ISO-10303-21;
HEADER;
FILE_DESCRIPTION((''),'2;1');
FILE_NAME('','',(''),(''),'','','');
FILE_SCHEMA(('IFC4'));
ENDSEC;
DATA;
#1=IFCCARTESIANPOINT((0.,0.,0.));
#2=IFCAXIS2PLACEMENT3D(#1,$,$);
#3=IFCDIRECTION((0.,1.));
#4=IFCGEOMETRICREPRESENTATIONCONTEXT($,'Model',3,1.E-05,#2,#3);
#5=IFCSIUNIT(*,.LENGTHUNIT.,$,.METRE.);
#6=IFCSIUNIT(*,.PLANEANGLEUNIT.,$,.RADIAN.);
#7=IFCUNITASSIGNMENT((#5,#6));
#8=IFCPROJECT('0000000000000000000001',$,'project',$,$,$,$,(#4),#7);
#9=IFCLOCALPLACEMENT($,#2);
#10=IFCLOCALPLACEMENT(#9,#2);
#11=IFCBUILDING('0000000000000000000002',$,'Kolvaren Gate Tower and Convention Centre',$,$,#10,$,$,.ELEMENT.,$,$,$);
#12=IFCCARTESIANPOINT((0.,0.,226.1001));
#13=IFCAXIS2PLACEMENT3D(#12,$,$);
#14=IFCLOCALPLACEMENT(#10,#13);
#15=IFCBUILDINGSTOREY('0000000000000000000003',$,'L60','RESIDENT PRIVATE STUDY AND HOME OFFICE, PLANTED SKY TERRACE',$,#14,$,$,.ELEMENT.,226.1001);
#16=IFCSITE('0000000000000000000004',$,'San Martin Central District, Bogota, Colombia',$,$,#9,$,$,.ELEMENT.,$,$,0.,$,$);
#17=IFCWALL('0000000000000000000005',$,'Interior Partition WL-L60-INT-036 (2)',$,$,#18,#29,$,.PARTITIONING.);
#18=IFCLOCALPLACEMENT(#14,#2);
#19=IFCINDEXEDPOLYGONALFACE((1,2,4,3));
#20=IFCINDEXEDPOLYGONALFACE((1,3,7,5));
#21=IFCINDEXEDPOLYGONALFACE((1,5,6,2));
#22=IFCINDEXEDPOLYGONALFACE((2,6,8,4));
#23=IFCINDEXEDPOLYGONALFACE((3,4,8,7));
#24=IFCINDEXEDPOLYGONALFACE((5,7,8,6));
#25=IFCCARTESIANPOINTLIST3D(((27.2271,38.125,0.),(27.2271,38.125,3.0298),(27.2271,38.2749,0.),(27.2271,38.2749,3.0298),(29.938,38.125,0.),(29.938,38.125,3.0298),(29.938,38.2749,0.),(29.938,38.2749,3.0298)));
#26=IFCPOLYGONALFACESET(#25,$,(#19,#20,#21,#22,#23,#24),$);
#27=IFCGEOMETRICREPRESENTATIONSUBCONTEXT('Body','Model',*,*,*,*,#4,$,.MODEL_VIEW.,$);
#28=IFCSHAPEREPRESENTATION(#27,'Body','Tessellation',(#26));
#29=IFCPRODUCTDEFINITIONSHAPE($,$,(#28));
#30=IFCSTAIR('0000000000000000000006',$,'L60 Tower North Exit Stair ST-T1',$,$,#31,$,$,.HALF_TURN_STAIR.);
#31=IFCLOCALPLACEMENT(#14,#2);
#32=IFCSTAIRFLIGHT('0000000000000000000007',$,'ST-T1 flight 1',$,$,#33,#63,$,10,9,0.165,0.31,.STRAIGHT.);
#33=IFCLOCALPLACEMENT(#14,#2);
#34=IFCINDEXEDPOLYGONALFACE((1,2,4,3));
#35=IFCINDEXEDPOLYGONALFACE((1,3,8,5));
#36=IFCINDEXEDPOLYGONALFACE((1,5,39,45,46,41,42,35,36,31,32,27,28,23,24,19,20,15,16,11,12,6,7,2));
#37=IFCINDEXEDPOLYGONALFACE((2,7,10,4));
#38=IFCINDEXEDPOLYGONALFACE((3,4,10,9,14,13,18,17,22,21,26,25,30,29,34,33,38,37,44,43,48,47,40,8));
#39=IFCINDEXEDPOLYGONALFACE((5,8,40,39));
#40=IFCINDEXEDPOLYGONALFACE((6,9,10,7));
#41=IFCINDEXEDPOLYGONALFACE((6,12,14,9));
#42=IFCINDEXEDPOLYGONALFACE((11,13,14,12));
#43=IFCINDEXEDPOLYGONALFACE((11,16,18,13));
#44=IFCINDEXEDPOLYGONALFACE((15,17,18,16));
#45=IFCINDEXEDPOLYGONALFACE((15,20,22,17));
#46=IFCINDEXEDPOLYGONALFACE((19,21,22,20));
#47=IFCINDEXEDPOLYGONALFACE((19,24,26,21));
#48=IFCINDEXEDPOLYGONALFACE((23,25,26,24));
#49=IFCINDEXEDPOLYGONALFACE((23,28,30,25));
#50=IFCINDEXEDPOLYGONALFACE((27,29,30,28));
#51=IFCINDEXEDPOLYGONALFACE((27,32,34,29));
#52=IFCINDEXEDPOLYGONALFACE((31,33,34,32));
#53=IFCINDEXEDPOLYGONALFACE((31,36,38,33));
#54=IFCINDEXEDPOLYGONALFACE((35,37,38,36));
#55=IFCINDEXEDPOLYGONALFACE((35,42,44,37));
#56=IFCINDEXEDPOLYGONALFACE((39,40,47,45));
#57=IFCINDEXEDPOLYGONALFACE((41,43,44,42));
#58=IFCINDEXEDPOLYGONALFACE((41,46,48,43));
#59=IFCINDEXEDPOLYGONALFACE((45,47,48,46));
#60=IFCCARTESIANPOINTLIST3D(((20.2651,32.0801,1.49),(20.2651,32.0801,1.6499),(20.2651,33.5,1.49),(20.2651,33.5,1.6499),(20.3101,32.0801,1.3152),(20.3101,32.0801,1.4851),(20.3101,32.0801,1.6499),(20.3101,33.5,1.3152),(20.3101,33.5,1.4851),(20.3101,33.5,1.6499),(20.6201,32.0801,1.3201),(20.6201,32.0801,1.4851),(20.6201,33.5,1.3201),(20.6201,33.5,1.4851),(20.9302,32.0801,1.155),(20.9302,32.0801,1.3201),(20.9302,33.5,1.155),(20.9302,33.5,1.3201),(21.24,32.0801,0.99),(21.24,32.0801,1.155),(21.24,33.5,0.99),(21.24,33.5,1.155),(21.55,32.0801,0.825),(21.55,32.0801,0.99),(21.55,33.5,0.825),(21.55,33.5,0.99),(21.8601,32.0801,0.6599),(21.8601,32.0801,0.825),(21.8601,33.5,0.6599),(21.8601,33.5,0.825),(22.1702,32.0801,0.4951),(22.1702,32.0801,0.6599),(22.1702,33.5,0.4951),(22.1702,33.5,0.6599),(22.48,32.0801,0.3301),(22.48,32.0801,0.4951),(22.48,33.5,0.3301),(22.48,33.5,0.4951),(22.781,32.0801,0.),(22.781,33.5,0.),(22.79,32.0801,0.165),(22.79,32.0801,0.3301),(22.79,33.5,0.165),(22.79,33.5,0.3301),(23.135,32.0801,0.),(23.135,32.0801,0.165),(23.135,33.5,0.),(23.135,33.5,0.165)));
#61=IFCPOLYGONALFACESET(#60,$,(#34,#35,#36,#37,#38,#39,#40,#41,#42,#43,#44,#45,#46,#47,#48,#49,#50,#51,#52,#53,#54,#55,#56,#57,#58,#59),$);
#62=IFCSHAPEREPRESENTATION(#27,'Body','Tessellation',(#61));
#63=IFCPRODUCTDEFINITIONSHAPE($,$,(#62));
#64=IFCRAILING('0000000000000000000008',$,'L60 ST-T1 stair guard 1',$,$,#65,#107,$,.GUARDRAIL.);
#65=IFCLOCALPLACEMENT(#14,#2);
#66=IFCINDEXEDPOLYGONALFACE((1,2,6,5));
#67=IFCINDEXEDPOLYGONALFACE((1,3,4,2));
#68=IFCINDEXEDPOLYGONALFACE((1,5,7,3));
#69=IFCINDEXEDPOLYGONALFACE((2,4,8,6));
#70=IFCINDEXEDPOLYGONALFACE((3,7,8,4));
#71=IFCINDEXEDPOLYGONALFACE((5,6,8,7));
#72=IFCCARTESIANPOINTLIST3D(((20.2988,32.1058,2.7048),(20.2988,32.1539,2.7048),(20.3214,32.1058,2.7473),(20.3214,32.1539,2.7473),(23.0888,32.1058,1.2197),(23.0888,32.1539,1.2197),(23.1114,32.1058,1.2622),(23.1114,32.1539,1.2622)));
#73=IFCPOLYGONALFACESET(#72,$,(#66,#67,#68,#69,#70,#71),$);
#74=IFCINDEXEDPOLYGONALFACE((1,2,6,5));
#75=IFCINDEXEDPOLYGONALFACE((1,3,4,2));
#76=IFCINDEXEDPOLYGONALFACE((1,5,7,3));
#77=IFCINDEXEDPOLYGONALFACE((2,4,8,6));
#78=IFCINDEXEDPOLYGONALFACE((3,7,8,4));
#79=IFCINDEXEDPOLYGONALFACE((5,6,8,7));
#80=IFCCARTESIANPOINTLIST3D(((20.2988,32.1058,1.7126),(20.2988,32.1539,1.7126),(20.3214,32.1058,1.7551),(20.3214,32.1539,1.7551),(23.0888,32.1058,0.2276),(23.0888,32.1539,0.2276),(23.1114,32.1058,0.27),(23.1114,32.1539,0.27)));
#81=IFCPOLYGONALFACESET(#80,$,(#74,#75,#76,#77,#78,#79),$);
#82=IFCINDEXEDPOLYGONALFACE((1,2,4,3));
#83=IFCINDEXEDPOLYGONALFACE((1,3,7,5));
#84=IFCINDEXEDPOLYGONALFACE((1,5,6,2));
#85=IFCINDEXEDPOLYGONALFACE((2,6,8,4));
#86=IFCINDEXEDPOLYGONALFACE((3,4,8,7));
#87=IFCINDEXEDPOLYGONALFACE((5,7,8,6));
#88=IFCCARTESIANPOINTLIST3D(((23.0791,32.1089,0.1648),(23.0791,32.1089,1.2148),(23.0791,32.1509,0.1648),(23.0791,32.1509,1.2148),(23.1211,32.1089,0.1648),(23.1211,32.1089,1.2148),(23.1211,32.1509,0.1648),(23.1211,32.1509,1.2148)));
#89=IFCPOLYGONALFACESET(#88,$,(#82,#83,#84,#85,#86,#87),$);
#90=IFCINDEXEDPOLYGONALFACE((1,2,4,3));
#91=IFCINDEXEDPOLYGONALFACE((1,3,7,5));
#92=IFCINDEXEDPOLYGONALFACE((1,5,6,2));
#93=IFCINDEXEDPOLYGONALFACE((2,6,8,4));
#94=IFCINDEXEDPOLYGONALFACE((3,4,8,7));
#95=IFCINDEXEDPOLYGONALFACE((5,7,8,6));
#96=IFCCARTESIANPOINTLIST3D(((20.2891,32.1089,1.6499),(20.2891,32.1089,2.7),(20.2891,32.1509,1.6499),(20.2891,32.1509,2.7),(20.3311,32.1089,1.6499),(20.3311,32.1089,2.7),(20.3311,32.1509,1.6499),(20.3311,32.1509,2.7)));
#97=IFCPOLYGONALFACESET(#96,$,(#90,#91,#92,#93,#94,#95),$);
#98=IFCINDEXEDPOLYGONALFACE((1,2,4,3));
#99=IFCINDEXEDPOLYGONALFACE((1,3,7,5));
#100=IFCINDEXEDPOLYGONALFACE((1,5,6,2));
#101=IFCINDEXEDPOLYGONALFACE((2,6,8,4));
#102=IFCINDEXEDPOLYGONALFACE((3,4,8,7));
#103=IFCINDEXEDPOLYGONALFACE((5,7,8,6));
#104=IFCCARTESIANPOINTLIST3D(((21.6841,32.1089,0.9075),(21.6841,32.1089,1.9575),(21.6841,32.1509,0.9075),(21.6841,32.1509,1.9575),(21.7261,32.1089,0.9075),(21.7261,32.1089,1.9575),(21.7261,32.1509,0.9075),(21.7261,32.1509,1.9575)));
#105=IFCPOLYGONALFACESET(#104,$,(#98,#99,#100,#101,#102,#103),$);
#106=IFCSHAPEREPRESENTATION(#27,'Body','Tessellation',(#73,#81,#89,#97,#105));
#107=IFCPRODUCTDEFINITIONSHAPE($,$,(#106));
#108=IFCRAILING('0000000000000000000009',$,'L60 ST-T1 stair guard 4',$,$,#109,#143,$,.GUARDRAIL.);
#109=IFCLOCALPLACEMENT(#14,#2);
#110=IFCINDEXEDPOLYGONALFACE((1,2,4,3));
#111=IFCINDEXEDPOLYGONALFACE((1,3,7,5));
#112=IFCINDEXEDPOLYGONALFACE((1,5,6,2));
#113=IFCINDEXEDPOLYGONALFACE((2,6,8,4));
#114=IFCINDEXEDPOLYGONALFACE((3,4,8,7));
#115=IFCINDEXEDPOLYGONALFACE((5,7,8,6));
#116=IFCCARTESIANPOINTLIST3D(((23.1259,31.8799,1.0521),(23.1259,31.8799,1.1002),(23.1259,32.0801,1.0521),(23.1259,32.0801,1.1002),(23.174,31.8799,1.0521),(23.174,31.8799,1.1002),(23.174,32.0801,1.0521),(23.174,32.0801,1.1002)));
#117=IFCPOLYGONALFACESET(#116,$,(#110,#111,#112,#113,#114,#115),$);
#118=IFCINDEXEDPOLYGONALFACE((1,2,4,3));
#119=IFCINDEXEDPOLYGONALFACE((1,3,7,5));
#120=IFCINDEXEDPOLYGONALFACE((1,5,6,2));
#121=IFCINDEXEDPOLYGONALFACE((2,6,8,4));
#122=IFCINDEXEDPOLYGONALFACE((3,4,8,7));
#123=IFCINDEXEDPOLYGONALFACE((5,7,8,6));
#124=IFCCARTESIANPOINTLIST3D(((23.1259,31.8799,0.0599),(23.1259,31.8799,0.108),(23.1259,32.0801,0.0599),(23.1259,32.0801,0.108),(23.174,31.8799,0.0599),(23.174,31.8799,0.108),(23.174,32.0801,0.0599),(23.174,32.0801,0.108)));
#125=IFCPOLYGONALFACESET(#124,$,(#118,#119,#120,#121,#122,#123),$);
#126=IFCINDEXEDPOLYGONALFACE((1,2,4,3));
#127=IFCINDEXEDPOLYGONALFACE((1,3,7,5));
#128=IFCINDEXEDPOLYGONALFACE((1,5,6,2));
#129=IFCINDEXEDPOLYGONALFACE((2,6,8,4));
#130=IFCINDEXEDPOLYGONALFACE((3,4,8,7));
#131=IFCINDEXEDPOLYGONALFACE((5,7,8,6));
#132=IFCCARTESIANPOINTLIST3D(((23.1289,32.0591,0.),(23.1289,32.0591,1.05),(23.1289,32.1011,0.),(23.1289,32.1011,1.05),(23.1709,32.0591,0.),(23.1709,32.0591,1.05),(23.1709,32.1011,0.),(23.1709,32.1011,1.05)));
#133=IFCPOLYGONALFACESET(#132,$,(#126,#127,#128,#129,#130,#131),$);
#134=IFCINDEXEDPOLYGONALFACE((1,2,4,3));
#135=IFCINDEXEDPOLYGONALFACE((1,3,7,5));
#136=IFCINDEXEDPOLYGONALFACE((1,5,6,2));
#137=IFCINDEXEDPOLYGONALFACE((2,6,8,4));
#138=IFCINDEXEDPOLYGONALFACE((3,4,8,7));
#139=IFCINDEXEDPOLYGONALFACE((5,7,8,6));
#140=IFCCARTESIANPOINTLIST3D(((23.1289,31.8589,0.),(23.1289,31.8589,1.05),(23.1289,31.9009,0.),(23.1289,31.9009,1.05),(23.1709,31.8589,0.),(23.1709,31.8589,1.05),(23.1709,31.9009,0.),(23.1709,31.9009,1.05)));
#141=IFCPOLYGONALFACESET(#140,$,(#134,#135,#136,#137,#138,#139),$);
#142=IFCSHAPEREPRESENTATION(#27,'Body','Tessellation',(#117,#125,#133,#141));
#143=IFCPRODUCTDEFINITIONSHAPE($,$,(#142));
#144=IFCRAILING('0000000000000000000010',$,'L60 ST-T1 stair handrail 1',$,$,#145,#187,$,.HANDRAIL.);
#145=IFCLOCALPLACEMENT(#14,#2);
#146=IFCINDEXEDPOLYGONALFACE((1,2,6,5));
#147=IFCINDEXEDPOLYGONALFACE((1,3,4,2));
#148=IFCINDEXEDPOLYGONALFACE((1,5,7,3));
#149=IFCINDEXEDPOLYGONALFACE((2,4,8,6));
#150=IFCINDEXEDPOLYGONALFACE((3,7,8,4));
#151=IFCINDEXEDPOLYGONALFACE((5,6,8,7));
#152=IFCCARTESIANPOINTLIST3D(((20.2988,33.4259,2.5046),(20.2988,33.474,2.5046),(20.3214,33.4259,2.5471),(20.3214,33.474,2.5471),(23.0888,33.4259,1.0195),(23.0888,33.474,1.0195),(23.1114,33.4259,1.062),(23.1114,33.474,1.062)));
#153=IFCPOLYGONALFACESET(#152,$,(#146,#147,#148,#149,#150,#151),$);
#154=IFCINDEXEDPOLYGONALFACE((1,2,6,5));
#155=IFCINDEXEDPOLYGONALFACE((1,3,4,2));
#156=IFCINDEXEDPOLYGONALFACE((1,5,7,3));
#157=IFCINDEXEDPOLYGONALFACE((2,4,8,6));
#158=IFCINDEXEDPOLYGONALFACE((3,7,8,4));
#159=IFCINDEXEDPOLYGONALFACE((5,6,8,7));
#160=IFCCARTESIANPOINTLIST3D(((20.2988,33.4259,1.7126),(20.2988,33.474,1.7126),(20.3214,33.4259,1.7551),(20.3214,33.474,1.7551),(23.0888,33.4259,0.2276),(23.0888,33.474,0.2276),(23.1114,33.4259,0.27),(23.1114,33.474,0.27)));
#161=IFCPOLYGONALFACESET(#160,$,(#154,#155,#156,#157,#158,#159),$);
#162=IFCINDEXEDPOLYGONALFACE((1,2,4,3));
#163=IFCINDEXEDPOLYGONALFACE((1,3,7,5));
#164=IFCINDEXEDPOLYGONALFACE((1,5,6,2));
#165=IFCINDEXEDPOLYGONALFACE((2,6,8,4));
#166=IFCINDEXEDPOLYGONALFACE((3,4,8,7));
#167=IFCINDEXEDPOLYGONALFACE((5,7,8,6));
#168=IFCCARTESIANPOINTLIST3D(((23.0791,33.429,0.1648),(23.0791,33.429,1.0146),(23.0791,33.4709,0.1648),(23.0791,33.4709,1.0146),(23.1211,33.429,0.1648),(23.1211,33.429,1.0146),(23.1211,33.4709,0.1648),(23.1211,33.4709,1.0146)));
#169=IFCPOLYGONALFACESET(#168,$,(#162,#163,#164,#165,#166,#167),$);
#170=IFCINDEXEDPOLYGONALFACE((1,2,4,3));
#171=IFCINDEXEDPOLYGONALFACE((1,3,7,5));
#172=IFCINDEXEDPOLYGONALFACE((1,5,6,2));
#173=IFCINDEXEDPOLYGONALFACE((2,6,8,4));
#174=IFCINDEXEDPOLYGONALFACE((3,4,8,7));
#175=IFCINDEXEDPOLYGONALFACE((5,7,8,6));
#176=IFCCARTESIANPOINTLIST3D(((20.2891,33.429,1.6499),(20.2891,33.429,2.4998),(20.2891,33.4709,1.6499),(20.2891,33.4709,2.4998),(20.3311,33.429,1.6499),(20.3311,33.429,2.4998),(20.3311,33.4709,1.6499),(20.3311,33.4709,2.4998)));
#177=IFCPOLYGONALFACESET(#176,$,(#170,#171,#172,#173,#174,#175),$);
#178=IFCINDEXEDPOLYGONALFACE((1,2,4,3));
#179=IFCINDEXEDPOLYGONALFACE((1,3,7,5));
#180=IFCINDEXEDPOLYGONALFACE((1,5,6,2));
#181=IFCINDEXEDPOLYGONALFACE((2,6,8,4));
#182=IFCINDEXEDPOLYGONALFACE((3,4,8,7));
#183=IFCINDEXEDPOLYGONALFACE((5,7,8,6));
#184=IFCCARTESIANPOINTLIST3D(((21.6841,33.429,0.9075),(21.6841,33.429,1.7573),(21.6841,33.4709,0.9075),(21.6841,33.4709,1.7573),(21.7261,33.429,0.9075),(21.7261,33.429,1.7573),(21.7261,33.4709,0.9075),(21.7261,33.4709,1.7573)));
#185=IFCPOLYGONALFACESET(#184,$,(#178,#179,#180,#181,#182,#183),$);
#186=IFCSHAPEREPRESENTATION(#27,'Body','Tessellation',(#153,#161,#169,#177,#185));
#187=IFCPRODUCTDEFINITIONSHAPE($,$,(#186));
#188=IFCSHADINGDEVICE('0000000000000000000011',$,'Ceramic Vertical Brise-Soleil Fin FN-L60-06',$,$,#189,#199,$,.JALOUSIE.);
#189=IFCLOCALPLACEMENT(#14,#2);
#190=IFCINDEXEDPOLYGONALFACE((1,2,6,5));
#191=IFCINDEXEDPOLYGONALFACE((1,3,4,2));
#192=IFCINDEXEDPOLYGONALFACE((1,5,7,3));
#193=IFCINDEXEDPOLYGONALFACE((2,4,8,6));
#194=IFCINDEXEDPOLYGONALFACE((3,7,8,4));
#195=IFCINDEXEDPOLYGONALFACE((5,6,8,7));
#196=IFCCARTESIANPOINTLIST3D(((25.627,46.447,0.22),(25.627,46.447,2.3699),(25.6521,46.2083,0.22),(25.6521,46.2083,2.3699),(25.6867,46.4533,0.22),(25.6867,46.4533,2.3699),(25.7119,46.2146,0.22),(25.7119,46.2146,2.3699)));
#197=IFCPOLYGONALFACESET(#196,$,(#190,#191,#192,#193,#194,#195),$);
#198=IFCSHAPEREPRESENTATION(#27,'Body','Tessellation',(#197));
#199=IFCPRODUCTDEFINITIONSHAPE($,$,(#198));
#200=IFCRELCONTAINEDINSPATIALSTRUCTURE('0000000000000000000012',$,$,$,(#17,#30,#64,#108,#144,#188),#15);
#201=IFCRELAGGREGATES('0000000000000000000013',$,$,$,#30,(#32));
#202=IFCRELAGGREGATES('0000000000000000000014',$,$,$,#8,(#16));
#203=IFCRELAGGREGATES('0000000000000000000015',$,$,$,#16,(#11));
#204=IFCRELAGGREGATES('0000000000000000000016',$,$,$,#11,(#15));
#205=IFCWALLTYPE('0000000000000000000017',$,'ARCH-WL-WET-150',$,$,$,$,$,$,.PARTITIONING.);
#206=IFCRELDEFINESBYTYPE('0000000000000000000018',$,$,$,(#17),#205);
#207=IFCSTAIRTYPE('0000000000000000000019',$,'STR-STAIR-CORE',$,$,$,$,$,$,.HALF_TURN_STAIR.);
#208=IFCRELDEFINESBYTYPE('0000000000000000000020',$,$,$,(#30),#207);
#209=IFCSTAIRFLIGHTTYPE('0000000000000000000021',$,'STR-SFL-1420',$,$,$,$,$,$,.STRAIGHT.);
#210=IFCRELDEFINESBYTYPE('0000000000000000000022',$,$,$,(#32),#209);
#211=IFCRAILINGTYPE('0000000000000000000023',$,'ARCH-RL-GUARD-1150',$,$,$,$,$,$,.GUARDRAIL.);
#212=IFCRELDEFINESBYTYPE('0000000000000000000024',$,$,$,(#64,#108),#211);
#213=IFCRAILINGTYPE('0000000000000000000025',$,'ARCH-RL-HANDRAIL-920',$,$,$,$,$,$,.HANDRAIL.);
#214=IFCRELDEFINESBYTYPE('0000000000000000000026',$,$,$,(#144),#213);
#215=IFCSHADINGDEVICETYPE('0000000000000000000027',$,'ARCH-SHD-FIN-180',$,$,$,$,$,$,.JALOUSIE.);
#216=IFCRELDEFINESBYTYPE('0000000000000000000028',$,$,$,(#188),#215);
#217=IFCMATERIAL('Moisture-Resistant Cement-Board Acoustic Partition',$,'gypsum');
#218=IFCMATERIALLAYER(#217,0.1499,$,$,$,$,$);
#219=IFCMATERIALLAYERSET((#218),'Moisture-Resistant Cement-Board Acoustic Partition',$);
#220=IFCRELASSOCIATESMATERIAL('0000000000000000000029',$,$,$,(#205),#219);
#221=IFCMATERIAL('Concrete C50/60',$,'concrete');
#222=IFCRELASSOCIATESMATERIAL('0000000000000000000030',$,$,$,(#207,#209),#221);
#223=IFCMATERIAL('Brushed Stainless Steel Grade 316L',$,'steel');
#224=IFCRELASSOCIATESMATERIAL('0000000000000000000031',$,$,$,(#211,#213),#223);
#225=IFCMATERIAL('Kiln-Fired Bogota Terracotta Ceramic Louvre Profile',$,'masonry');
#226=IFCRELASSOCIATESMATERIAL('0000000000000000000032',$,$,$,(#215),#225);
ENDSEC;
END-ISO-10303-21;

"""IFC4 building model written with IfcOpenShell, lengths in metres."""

from ifc_helpers import new_model, si_unit, direction, frame, frame_2d, origin, origin_2d, place, context, subcontext, project, spatial, polyline, rectangle, outline, extrude, material, layer, layer_set, type_object, element, aggregate, save


model = new_model("IFC4")

# Units and contexts
model_context = context("Model", 3, precision=1e-05, world=origin(), true_north=direction((0.0, 1.0)))
body_context = subcontext(model_context, "Body", "Model", "MODEL_VIEW")
ifc_project = project(units=[si_unit("LENGTHUNIT", "METRE"), si_unit("PLANEANGLEUNIT", "RADIAN")], contexts=[model_context])

# Site, building, storey
site_placement = place(None, origin())
site = spatial("IfcSite", under=ifc_project, at=site_placement, Name="San Martin Central District, Bogota, Colombia", CompositionType="ELEMENT", RefElevation=0.0)
building_placement = place(site_placement, origin())
building = spatial("IfcBuilding", under=site, at=building_placement, Name="Kolvaren Gate Tower and Convention Centre", CompositionType="ELEMENT")
storey_placement = place(building_placement, frame((0.0, 0.0, 226.1001)))
storey = spatial("IfcBuildingStorey", under=building, at=storey_placement, Name="L60", Description="RESIDENT PRIVATE STUDY AND HOME OFFICE, PLANTED SKY TERRACE", CompositionType="ELEMENT", Elevation=226.1001)

# Shared definitions
ifc_material_1 = material(Name="Concrete C50/60", Category="concrete")

# Shared definitions
ifc_material_2 = material(Name="Moisture-Resistant Cement-Board Acoustic Partition", Category="gypsum")
ifc_layer_1 = layer(ifc_material_2, 0.1499)
ifc_layer_set_1 = layer_set([ifc_layer_1], Name="Moisture-Resistant Cement-Board Acoustic Partition")
wall_type_1 = type_object("IfcWallType", Name="ARCH-WL-WET-150", PredefinedType="PARTITIONING", material=ifc_layer_set_1)

# Wall
wall_1_placement = place(storey_placement, frame((27.2271, 38.2, 0.0), z_axis=(0.0, 0.0, 1.0), x_axis=(1.0, 0.0, 0.0)))
element("IfcWall", 1, at=wall_1_placement, inside=storey, type_object=wall_type_1, Name="Interior Partition WL-L60-INT-036 (2)", PredefinedType="PARTITIONING", context=body_context, shape_type="SweptSolid", body=[
    extrude(rectangle(XDim=2.7109, YDim=0.1499, at=frame_2d((1.3555, 0.0))), origin(), (0.0, 0.0, 1.0), 3.0298),
])

# Stair, stair flight
stair_type = type_object("IfcStairType", Name="STR-STAIR-CORE", PredefinedType="HALF_TURN_STAIR", material=ifc_material_1)
stair_placement = place(storey_placement, origin())
stair = element("IfcStair", 2, at=stair_placement, inside=storey, type_object=stair_type, Name="L60 Tower North Exit Stair ST-T1", PredefinedType="HALF_TURN_STAIR")
stair_flight_type = type_object("IfcStairFlightType", Name="STR-SFL-1420", PredefinedType="STRAIGHT", material=ifc_material_1)
stair_flight_placement = place(storey_placement, frame((23.1001, 32.79, 0.0), z_axis=(0.0, 0.0, 1.0), x_axis=(-1.0, 0.0, 0.0)))
stair_flight = element("IfcStairFlight", 3, at=stair_flight_placement, type_object=stair_flight_type, Name="ST-T1 flight 1", NumberOfRisers=10, NumberOfTreads=9, PredefinedType="STRAIGHT", RiserHeight=0.165, TreadLength=0.31, context=body_context, shape_type="SweptSolid", body=[
    extrude(outline(polyline([(-0.0349, 0.0), (-0.0349, 0.165), (0.3101, 0.165), (0.3101, 0.3301), (0.6201, 0.3301), (0.6201, 0.4951), (0.9299, 0.4951), (0.9299, 0.6599), (1.24, 0.6599), (1.24, 0.825), (1.55, 0.825), (1.55, 0.99), (1.8601, 0.99), (1.8601, 1.155), (2.1699, 1.155), (2.1699, 1.3201), (2.48, 1.3201), (2.48, 1.4851), (2.79, 1.4851), (2.79, 1.6499), (2.835, 1.6499), (2.835, 1.49), (2.79, 1.3152), (0.3191, 0.0), (-0.0349, 0.0)])), frame((0.0, 0.71, 0.0), z_axis=(0.0, -1.0, 0.0), x_axis=(1.0, 0.0, 0.0)), (0.0, 0.0, 1.0), 1.4199),
])
aggregate(stair, [stair_flight])

# Railings
ifc_material_3 = material(Name="Brushed Stainless Steel Grade 316L", Category="steel")
railing_type_1 = type_object("IfcRailingType", Name="ARCH-RL-GUARD-1150", PredefinedType="GUARDRAIL", material=ifc_material_3)
railing_1_placement = place(storey_placement, frame((23.1001, 32.1299, 0.1648)))
element("IfcRailing", 4, at=railing_1_placement, inside=storey, type_object=railing_type_1, Name="L60 ST-T1 stair guard 1", PredefinedType="GUARDRAIL", context=body_context, shape_type="SweptSolid", body=[
    extrude(rectangle(XDim=0.0481, YDim=0.0481, at=origin_2d()), frame((0.0, 0.0, 1.0762), z_axis=(-0.882735, 0.0, 0.46987), x_axis=(0.0, -1.0, 0.0)), (0.0, 0.0, 1.0), 3.1606),
    extrude(rectangle(XDim=0.0481, YDim=0.0481, at=origin_2d()), frame((0.0, 0.0, 0.084), z_axis=(-0.882735, 0.0, 0.46987), x_axis=(0.0, -1.0, 0.0)), (0.0, 0.0, 1.0), 3.1606),
    extrude(rectangle(XDim=0.042, YDim=0.042, at=origin_2d()), origin(), (0.0, 0.0, 1.0), 1.05),
    extrude(rectangle(XDim=0.042, YDim=0.042, at=origin_2d()), frame((-2.79, 0.0, 1.4851)), (0.0, 0.0, 1.0), 1.05),
    extrude(rectangle(XDim=0.042, YDim=0.042, at=origin_2d()), frame((-1.395, 0.0, 0.7427)), (0.0, 0.0, 1.0), 1.05),
])
railing_2_placement = place(storey_placement, frame((23.1499, 32.0801, 0.0)))
element("IfcRailing", 5, at=railing_2_placement, inside=storey, type_object=railing_type_1, Name="L60 ST-T1 stair guard 4", PredefinedType="GUARDRAIL", context=body_context, shape_type="SweptSolid", body=[
    extrude(rectangle(XDim=0.0481, YDim=0.0481, at=origin_2d()), frame((0.0, 0.0, 1.0762), z_axis=(0.0, -1.0, 0.0), x_axis=(1.0, 0.0, 0.0)), (0.0, 0.0, 1.0), 0.2002),
    extrude(rectangle(XDim=0.0481, YDim=0.0481, at=origin_2d()), frame((0.0, 0.0, 0.084), z_axis=(0.0, -1.0, 0.0), x_axis=(1.0, 0.0, 0.0)), (0.0, 0.0, 1.0), 0.2002),
    extrude(rectangle(XDim=0.042, YDim=0.042, at=origin_2d()), origin(), (0.0, 0.0, 1.0), 1.05),
    extrude(rectangle(XDim=0.042, YDim=0.042, at=origin_2d()), frame((0.0, -0.2002, 0.0)), (0.0, 0.0, 1.0), 1.05),
])
railing_type_2 = type_object("IfcRailingType", Name="ARCH-RL-HANDRAIL-920", PredefinedType="HANDRAIL", material=ifc_material_3)
railing_3_placement = place(storey_placement, frame((23.1001, 33.45, 0.1648)))
element("IfcRailing", 6, at=railing_3_placement, inside=storey, type_object=railing_type_2, Name="L60 ST-T1 stair handrail 1", PredefinedType="HANDRAIL", context=body_context, shape_type="SweptSolid", body=[
    extrude(rectangle(XDim=0.0481, YDim=0.0481, at=origin_2d()), frame((0.0, 0.0, 0.876), z_axis=(-0.882735, 0.0, 0.46987), x_axis=(0.0, -1.0, 0.0)), (0.0, 0.0, 1.0), 3.1606),
    extrude(rectangle(XDim=0.0481, YDim=0.0481, at=origin_2d()), frame((0.0, 0.0, 0.084), z_axis=(-0.882735, 0.0, 0.46987), x_axis=(0.0, -1.0, 0.0)), (0.0, 0.0, 1.0), 3.1606),
    extrude(rectangle(XDim=0.042, YDim=0.042, at=origin_2d()), origin(), (0.0, 0.0, 1.0), 0.8499),
    extrude(rectangle(XDim=0.042, YDim=0.042, at=origin_2d()), frame((-2.79, 0.0, 1.4851)), (0.0, 0.0, 1.0), 0.8499),
    extrude(rectangle(XDim=0.042, YDim=0.042, at=origin_2d()), frame((-1.395, 0.0, 0.7427)), (0.0, 0.0, 1.0), 0.8499),
])

# Shading device
ifc_material_4 = material(Name="Kiln-Fired Bogota Terracotta Ceramic Louvre Profile", Category="masonry")
shading_device_type = type_object("IfcShadingDeviceType", Name="ARCH-SHD-FIN-180", PredefinedType="JALOUSIE", material=ifc_material_4)
shading_device_placement = place(storey_placement, frame((25.6694, 46.3308, 0.22), z_axis=(0.0, 0.0, 1.0), x_axis=(0.994499, 0.104747, 0.0)))
element("IfcShadingDevice", 7, at=shading_device_placement, inside=storey, type_object=shading_device_type, Name="Ceramic Vertical Brise-Soleil Fin FN-L60-06", PredefinedType="JALOUSIE", context=body_context, shape_type="SweptSolid", body=[
    extrude(rectangle(XDim=0.0601, YDim=0.24, at=origin_2d()), origin(), (0.0, 0.0, 1.0), 2.1499),
])

save(model, "model.ifc")
